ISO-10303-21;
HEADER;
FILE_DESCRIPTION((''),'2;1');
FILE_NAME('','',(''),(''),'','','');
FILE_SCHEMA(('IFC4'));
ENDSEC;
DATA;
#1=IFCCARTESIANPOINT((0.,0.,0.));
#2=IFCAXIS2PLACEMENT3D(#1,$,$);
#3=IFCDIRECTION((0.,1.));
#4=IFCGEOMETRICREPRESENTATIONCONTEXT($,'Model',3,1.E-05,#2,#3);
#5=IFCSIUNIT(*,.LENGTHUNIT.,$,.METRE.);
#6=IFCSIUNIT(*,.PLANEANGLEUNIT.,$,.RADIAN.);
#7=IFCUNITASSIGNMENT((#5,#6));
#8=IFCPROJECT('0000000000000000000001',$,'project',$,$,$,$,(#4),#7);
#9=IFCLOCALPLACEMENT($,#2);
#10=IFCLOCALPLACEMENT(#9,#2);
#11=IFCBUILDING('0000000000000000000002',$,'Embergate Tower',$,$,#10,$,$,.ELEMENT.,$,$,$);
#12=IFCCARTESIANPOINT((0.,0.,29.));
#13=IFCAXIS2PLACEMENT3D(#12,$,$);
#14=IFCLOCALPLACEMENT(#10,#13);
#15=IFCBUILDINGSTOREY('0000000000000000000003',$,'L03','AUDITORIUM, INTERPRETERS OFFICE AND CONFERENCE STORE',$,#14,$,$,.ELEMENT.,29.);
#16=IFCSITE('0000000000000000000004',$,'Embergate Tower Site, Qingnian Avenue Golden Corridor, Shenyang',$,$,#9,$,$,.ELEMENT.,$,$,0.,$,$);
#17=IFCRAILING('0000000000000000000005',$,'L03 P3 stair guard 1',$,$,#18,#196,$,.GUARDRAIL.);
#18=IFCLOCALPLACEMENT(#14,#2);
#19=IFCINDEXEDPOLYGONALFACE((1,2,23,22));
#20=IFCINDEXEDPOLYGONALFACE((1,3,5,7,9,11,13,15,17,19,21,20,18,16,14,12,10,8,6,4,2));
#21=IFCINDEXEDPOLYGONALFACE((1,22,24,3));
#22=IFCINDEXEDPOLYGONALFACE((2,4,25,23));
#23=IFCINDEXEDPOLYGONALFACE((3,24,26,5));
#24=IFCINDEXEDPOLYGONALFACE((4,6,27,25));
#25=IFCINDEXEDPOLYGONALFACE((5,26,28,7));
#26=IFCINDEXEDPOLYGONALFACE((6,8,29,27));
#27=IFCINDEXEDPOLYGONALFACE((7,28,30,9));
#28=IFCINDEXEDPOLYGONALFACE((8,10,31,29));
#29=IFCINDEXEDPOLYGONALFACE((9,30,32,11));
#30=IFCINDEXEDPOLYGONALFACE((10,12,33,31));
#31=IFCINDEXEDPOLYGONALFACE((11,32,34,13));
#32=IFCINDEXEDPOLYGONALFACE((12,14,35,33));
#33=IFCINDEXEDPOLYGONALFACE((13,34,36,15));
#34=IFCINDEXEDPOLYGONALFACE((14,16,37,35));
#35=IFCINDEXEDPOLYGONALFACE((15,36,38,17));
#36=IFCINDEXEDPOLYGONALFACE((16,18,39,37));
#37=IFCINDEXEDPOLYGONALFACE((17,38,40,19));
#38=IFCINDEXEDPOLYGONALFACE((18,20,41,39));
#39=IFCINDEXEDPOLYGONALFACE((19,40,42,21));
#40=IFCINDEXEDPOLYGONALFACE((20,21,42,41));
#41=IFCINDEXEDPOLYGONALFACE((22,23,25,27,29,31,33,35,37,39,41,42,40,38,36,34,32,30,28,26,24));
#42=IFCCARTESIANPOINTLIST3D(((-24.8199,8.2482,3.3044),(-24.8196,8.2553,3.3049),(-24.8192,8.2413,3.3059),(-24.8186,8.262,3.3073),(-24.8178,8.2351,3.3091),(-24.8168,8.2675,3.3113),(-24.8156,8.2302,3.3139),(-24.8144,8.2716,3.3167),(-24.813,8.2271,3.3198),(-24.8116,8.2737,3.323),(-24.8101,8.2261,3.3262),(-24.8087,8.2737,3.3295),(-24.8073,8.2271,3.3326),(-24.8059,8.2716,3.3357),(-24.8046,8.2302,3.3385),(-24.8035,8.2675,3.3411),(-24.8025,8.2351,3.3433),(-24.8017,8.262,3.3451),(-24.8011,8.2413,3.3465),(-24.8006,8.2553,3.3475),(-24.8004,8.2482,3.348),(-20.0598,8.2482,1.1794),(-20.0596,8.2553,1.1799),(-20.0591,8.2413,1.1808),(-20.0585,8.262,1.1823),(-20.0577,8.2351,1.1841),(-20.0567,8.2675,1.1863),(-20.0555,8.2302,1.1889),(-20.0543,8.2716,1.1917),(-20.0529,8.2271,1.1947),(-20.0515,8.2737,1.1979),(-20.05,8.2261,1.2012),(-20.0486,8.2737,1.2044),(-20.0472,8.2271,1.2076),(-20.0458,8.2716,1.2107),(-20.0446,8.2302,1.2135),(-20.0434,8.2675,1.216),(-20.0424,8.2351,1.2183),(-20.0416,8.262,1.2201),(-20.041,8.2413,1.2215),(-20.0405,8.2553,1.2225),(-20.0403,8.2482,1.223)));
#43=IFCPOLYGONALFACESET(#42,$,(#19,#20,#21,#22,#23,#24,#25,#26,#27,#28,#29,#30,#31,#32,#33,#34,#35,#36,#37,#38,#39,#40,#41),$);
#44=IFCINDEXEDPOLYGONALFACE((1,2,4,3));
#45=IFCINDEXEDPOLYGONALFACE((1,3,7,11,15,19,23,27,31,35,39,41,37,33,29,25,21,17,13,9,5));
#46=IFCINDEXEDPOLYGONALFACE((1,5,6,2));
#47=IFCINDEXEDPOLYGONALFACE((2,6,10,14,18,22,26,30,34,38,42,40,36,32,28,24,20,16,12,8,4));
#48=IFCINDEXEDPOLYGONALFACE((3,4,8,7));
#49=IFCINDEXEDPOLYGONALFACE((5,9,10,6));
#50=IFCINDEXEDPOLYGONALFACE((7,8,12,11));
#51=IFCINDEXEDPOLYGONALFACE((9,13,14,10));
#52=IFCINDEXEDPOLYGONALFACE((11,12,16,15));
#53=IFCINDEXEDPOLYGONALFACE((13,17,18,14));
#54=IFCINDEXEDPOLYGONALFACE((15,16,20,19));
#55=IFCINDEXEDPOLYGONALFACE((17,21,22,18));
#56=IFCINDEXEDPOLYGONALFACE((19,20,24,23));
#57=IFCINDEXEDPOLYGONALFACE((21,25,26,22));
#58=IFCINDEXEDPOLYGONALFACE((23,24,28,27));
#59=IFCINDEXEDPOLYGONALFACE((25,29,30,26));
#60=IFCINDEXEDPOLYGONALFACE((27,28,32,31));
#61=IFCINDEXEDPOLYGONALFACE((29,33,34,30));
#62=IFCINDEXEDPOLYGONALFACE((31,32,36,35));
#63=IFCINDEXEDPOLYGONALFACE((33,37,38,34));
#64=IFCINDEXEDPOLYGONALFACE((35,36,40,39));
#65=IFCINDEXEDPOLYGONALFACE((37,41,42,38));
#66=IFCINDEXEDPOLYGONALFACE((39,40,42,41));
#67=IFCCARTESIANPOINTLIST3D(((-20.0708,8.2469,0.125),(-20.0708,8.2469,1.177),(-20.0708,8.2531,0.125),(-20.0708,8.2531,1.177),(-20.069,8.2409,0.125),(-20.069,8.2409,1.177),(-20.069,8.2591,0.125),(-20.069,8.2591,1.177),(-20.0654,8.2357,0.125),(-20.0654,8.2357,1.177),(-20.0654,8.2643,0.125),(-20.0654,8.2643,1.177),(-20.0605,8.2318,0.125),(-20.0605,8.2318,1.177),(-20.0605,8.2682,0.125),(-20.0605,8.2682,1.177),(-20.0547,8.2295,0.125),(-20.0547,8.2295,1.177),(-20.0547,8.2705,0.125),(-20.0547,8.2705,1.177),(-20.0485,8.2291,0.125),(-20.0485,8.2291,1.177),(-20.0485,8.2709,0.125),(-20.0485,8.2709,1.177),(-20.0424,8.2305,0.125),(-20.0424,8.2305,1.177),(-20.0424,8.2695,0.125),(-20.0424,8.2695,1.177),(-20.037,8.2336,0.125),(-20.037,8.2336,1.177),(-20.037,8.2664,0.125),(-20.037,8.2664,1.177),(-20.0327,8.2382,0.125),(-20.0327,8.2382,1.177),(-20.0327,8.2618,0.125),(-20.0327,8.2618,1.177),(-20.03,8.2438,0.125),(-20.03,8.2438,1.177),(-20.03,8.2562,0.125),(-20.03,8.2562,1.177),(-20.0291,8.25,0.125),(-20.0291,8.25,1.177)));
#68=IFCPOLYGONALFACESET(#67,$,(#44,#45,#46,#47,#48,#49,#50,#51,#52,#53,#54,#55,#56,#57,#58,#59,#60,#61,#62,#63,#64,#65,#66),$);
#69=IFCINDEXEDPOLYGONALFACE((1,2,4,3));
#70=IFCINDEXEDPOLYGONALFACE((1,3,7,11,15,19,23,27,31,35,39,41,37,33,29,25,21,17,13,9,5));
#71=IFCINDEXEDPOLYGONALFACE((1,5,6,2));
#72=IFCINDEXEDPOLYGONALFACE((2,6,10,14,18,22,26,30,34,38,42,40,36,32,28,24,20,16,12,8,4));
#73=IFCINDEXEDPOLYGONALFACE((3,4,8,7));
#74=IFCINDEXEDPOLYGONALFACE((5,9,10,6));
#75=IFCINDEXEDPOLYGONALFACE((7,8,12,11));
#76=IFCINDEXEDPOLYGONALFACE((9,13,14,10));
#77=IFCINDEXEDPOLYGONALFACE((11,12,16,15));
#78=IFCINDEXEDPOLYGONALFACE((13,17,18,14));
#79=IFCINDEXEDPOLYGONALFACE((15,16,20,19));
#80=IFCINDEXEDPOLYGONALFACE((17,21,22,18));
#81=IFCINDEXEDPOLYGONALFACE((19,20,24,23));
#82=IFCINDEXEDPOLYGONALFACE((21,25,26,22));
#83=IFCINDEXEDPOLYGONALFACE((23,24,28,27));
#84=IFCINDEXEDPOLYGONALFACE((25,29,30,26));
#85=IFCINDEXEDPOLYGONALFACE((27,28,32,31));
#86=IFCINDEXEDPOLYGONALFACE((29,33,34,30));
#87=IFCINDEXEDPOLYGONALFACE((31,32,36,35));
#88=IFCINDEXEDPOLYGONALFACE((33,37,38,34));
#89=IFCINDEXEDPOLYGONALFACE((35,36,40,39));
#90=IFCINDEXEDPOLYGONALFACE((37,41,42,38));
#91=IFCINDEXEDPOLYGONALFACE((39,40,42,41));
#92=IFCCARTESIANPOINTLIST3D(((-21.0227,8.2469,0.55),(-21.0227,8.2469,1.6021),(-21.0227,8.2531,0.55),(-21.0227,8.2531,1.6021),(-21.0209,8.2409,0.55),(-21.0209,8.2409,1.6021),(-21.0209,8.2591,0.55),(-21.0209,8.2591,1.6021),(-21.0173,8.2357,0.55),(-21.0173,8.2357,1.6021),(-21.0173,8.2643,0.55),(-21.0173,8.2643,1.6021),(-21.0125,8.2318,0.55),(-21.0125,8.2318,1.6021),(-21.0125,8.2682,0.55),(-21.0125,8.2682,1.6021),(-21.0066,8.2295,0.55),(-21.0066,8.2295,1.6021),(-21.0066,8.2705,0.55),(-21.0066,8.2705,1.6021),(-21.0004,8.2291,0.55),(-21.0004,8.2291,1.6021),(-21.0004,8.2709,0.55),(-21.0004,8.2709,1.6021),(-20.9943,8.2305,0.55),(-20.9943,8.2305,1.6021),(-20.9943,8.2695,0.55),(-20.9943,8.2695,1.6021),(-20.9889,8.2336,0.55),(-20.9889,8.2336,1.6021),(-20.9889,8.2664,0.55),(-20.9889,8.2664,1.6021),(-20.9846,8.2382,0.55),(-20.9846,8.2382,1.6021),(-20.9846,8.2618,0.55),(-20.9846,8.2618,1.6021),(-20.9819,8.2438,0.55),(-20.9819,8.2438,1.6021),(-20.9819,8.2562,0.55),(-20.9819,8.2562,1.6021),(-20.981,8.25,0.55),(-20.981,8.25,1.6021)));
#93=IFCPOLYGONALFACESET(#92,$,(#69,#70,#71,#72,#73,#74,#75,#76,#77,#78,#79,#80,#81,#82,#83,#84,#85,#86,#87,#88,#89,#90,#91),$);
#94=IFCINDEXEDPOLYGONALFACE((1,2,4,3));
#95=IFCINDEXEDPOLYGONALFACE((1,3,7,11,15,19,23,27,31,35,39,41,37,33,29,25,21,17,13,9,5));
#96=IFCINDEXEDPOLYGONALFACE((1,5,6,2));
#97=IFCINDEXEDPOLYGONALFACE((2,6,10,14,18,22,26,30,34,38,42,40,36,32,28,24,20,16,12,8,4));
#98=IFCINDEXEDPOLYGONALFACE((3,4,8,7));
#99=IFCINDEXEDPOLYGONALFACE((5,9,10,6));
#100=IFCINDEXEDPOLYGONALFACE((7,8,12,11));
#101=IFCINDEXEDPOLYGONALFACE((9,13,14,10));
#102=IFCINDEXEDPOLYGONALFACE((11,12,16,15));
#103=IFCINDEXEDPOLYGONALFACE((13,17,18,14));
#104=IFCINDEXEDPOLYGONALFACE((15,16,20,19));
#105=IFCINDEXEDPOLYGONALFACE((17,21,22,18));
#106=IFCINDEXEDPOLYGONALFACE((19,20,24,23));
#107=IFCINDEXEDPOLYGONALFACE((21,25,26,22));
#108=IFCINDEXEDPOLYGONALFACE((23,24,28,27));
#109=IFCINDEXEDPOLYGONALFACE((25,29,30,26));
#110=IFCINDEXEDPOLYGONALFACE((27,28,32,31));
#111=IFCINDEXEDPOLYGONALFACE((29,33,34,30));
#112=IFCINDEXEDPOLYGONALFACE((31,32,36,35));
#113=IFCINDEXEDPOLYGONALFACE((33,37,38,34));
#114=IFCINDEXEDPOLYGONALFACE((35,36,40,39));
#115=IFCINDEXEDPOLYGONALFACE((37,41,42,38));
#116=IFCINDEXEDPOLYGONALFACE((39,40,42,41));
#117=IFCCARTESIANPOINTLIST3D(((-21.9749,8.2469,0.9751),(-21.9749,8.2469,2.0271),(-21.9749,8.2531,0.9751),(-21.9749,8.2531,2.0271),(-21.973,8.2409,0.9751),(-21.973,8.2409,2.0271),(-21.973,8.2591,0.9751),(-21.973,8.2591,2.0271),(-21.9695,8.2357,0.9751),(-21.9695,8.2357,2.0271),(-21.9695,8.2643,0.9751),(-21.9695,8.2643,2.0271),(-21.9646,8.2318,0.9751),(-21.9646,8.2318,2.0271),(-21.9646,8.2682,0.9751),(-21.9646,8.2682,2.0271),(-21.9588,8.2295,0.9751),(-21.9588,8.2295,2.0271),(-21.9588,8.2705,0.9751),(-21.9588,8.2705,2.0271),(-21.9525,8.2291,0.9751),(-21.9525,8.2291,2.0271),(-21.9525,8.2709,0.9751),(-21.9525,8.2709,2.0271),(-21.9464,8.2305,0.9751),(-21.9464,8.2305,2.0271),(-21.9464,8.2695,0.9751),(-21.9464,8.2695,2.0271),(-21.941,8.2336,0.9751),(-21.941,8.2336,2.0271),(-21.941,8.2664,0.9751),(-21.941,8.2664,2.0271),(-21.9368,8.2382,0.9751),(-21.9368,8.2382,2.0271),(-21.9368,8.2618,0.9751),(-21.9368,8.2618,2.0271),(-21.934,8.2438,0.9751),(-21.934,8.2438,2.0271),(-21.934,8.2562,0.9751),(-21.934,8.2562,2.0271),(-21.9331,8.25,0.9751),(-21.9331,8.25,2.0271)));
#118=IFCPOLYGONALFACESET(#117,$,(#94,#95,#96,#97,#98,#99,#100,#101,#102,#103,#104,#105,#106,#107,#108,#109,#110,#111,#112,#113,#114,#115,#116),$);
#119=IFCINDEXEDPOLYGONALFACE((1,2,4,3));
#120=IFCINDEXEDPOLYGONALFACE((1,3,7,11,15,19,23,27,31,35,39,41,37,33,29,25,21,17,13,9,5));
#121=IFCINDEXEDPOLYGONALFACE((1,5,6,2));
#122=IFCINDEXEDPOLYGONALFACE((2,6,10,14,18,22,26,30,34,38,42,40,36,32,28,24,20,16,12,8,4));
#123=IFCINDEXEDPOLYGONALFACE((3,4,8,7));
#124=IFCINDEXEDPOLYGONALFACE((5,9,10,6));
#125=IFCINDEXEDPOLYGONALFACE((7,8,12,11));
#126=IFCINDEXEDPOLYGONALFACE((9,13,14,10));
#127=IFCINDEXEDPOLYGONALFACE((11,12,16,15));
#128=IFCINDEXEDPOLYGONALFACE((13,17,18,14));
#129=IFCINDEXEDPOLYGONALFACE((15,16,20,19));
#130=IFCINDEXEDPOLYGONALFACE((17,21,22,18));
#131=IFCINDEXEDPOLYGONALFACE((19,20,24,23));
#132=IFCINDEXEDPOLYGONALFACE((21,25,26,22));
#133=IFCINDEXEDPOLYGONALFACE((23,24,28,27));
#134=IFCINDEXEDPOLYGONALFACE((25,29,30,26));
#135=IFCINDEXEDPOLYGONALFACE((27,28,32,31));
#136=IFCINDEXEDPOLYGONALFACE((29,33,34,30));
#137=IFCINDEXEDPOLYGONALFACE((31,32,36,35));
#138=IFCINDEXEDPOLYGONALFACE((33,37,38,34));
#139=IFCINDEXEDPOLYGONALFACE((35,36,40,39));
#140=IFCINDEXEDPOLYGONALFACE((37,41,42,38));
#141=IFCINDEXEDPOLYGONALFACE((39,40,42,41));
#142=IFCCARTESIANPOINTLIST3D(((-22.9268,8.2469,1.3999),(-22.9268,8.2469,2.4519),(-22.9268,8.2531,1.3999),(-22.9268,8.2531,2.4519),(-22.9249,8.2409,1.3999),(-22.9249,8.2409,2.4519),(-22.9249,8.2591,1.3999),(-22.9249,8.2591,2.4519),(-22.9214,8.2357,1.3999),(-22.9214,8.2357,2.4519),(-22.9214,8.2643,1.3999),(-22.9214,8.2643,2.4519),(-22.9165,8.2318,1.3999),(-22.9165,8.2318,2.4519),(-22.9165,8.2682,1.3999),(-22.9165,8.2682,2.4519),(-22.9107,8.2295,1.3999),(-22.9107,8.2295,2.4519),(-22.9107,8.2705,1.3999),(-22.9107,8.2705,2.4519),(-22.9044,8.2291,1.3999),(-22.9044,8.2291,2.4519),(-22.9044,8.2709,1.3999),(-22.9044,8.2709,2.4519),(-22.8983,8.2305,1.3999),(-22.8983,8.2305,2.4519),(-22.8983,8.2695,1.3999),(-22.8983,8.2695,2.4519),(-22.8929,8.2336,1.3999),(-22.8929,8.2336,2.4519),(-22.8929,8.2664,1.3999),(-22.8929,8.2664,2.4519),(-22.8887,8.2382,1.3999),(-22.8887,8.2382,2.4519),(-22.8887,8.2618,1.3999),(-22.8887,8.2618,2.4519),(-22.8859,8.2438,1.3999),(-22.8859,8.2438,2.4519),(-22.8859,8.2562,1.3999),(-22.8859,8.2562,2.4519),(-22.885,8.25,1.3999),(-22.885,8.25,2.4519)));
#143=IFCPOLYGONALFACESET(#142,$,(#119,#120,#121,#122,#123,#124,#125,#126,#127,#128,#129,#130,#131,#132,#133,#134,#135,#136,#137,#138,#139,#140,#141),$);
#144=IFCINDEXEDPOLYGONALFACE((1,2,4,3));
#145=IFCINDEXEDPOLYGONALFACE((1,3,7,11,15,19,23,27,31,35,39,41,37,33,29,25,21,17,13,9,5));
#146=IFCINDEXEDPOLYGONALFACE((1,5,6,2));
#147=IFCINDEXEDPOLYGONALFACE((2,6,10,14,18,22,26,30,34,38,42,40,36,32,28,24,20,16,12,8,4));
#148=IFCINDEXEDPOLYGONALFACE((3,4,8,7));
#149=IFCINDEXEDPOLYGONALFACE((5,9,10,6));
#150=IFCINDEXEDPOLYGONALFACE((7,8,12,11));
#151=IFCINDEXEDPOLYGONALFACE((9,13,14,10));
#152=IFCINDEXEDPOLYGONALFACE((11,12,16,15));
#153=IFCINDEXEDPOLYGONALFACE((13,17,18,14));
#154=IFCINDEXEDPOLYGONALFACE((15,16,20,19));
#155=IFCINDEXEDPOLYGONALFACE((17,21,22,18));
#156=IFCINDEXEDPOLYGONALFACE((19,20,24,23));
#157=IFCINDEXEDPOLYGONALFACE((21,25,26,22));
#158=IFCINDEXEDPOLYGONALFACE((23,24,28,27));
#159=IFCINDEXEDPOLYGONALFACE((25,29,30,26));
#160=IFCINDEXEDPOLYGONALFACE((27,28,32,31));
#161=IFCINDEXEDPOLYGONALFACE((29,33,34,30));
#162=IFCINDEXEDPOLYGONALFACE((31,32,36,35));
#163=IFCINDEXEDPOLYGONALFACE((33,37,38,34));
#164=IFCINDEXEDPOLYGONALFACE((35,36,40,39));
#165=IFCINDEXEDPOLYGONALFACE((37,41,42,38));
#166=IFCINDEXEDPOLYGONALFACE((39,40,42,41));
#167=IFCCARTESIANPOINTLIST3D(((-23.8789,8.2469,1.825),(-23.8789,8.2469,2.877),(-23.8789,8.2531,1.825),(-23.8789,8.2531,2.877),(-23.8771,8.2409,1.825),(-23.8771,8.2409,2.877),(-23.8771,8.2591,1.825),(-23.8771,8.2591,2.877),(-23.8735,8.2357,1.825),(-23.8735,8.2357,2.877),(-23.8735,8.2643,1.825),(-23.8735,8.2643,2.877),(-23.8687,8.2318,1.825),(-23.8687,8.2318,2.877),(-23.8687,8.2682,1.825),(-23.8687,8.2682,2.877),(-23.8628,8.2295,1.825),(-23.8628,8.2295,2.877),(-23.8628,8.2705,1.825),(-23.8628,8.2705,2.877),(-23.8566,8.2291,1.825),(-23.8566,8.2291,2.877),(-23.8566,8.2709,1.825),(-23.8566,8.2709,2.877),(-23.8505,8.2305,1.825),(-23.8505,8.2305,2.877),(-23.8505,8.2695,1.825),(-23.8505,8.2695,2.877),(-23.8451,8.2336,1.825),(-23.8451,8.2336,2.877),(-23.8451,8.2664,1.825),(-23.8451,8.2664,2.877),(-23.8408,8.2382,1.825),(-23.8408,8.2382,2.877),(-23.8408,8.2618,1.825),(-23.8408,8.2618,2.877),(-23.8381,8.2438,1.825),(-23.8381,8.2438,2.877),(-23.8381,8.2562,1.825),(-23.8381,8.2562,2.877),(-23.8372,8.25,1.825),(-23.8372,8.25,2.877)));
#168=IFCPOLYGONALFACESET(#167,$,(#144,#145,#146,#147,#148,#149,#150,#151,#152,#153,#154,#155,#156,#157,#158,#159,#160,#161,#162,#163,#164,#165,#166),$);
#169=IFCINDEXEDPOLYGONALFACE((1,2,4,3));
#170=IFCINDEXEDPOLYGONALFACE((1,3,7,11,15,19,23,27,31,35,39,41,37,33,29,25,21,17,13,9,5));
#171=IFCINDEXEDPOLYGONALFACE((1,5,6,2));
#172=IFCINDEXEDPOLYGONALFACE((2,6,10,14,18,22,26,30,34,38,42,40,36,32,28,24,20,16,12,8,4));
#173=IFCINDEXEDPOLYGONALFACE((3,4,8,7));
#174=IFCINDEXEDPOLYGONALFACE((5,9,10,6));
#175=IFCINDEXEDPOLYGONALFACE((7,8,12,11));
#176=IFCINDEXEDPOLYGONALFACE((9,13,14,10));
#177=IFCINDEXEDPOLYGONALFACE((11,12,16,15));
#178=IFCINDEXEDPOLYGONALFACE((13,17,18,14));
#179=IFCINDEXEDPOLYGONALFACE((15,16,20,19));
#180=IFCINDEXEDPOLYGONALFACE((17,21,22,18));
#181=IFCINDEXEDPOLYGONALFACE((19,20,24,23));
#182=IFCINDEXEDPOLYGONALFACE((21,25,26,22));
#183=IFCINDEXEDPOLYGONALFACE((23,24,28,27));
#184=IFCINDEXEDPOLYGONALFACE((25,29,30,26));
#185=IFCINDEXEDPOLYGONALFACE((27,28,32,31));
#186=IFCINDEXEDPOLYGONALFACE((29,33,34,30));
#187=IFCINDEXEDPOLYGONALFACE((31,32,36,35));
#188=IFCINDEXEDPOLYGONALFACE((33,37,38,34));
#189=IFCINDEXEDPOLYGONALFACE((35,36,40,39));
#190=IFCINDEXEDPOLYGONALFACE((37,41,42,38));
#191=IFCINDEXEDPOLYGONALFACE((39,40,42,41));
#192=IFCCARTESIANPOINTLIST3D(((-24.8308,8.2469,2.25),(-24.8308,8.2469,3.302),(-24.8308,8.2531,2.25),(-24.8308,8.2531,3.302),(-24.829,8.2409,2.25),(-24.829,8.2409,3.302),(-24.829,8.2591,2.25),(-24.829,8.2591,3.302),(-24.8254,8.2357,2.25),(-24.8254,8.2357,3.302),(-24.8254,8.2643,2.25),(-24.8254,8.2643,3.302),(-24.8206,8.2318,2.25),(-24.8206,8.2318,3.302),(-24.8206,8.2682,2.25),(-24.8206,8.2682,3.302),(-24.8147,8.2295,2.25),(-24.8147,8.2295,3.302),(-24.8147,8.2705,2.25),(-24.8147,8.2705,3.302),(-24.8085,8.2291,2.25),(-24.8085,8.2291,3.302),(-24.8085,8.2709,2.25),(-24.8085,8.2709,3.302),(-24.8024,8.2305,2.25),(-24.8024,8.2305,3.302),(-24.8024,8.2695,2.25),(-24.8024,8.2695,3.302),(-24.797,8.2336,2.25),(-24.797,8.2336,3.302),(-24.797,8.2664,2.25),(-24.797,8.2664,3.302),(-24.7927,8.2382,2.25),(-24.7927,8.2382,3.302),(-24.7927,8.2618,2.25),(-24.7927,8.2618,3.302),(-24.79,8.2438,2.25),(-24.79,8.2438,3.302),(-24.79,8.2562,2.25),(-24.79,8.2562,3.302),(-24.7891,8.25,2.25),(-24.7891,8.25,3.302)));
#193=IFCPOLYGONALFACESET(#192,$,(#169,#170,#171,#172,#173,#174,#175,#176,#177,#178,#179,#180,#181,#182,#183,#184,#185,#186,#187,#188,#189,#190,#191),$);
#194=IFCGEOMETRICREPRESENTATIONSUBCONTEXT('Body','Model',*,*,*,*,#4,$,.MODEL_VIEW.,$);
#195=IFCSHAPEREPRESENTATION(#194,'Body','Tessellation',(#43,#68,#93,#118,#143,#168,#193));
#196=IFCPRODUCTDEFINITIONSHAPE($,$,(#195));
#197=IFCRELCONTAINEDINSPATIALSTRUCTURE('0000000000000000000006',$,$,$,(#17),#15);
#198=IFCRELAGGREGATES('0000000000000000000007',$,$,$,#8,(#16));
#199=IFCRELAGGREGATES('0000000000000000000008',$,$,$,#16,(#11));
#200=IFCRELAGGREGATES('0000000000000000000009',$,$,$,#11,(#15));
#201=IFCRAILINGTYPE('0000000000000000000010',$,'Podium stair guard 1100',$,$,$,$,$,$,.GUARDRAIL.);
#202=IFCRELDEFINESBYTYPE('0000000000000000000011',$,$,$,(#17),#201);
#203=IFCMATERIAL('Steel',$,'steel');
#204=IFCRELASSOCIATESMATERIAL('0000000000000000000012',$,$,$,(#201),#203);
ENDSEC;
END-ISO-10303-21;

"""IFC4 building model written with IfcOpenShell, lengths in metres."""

from ifc_helpers import new_model, si_unit, direction, frame, origin, origin_2d, place, context, subcontext, project, spatial, circle, extrude, source, transform, mapped, material, type_object, element, save


model = new_model("IFC4")

# Units and contexts
model_context = context("Model", 3, precision=1e-05, world=origin(), true_north=direction((0.0, 1.0)))
body_context = subcontext(model_context, "Body", "Model", "MODEL_VIEW")
ifc_project = project(units=[si_unit("LENGTHUNIT", "METRE"), si_unit("PLANEANGLEUNIT", "RADIAN")], contexts=[model_context])

# Site, building, storey
site_placement = place(None, origin())
site = spatial("IfcSite", under=ifc_project, at=site_placement, Name="Embergate Tower Site, Qingnian Avenue Golden Corridor, Shenyang", CompositionType="ELEMENT", RefElevation=0.0)
building_placement = place(site_placement, origin())
building = spatial("IfcBuilding", under=site, at=building_placement, Name="Embergate Tower", CompositionType="ELEMENT")
storey_placement = place(building_placement, frame((0.0, 0.0, 29.0)))
storey = spatial("IfcBuildingStorey", under=building, at=storey_placement, Name="L03", Description="AUDITORIUM, INTERPRETERS OFFICE AND CONFERENCE STORE", CompositionType="ELEMENT", Elevation=29.0)

# Railing
ifc_material_1 = material(Name="Steel", Category="steel")
railing_type_1 = type_object("IfcRailingType", Name="Podium stair guard 1100", PredefinedType="GUARDRAIL", material=ifc_material_1)
shared_shape_1 = source(origin(), body_context, "Body", "SweptSolid", [
    extrude(circle(Radius=0.0239, at=origin_2d()), frame((0.0, 0.0, 1.0762), z_axis=(-0.913138, 0.0, 0.40765), x_axis=(0.0, -1.0, 0.0)), (0.0, 0.0, 1.0), 5.2129),
    extrude(circle(Radius=0.021, at=origin_2d()), origin(), (0.0, 0.0, 1.0), 1.052),
    extrude(circle(Radius=0.021, at=origin_2d()), frame((-0.9519, 0.0, 0.425)), (0.0, 0.0, 1.0), 1.052),
    extrude(circle(Radius=0.021, at=origin_2d()), frame((-1.9041, 0.0, 0.8501)), (0.0, 0.0, 1.0), 1.052),
    extrude(circle(Radius=0.021, at=origin_2d()), frame((-2.856, 0.0, 1.2749)), (0.0, 0.0, 1.0), 1.052),
    extrude(circle(Radius=0.021, at=origin_2d()), frame((-3.8081, 0.0, 1.7)), (0.0, 0.0, 1.0), 1.052),
    extrude(circle(Radius=0.021, at=origin_2d()), frame((-4.76, 0.0, 2.125)), (0.0, 0.0, 1.0), 1.052),
])
railing_1_placement = place(storey_placement, frame((-20.05, 8.25, 0.125)))
element("IfcRailing", 1, at=railing_1_placement, inside=storey, type_object=railing_type_1, Name="L03 P3 stair guard 1", PredefinedType="GUARDRAIL", context=body_context, shape_type="MappedRepresentation", body=[
    mapped(shared_shape_1, transform((0.0, 0.0, 0.0))),
])

save(model, "model.ifc")
